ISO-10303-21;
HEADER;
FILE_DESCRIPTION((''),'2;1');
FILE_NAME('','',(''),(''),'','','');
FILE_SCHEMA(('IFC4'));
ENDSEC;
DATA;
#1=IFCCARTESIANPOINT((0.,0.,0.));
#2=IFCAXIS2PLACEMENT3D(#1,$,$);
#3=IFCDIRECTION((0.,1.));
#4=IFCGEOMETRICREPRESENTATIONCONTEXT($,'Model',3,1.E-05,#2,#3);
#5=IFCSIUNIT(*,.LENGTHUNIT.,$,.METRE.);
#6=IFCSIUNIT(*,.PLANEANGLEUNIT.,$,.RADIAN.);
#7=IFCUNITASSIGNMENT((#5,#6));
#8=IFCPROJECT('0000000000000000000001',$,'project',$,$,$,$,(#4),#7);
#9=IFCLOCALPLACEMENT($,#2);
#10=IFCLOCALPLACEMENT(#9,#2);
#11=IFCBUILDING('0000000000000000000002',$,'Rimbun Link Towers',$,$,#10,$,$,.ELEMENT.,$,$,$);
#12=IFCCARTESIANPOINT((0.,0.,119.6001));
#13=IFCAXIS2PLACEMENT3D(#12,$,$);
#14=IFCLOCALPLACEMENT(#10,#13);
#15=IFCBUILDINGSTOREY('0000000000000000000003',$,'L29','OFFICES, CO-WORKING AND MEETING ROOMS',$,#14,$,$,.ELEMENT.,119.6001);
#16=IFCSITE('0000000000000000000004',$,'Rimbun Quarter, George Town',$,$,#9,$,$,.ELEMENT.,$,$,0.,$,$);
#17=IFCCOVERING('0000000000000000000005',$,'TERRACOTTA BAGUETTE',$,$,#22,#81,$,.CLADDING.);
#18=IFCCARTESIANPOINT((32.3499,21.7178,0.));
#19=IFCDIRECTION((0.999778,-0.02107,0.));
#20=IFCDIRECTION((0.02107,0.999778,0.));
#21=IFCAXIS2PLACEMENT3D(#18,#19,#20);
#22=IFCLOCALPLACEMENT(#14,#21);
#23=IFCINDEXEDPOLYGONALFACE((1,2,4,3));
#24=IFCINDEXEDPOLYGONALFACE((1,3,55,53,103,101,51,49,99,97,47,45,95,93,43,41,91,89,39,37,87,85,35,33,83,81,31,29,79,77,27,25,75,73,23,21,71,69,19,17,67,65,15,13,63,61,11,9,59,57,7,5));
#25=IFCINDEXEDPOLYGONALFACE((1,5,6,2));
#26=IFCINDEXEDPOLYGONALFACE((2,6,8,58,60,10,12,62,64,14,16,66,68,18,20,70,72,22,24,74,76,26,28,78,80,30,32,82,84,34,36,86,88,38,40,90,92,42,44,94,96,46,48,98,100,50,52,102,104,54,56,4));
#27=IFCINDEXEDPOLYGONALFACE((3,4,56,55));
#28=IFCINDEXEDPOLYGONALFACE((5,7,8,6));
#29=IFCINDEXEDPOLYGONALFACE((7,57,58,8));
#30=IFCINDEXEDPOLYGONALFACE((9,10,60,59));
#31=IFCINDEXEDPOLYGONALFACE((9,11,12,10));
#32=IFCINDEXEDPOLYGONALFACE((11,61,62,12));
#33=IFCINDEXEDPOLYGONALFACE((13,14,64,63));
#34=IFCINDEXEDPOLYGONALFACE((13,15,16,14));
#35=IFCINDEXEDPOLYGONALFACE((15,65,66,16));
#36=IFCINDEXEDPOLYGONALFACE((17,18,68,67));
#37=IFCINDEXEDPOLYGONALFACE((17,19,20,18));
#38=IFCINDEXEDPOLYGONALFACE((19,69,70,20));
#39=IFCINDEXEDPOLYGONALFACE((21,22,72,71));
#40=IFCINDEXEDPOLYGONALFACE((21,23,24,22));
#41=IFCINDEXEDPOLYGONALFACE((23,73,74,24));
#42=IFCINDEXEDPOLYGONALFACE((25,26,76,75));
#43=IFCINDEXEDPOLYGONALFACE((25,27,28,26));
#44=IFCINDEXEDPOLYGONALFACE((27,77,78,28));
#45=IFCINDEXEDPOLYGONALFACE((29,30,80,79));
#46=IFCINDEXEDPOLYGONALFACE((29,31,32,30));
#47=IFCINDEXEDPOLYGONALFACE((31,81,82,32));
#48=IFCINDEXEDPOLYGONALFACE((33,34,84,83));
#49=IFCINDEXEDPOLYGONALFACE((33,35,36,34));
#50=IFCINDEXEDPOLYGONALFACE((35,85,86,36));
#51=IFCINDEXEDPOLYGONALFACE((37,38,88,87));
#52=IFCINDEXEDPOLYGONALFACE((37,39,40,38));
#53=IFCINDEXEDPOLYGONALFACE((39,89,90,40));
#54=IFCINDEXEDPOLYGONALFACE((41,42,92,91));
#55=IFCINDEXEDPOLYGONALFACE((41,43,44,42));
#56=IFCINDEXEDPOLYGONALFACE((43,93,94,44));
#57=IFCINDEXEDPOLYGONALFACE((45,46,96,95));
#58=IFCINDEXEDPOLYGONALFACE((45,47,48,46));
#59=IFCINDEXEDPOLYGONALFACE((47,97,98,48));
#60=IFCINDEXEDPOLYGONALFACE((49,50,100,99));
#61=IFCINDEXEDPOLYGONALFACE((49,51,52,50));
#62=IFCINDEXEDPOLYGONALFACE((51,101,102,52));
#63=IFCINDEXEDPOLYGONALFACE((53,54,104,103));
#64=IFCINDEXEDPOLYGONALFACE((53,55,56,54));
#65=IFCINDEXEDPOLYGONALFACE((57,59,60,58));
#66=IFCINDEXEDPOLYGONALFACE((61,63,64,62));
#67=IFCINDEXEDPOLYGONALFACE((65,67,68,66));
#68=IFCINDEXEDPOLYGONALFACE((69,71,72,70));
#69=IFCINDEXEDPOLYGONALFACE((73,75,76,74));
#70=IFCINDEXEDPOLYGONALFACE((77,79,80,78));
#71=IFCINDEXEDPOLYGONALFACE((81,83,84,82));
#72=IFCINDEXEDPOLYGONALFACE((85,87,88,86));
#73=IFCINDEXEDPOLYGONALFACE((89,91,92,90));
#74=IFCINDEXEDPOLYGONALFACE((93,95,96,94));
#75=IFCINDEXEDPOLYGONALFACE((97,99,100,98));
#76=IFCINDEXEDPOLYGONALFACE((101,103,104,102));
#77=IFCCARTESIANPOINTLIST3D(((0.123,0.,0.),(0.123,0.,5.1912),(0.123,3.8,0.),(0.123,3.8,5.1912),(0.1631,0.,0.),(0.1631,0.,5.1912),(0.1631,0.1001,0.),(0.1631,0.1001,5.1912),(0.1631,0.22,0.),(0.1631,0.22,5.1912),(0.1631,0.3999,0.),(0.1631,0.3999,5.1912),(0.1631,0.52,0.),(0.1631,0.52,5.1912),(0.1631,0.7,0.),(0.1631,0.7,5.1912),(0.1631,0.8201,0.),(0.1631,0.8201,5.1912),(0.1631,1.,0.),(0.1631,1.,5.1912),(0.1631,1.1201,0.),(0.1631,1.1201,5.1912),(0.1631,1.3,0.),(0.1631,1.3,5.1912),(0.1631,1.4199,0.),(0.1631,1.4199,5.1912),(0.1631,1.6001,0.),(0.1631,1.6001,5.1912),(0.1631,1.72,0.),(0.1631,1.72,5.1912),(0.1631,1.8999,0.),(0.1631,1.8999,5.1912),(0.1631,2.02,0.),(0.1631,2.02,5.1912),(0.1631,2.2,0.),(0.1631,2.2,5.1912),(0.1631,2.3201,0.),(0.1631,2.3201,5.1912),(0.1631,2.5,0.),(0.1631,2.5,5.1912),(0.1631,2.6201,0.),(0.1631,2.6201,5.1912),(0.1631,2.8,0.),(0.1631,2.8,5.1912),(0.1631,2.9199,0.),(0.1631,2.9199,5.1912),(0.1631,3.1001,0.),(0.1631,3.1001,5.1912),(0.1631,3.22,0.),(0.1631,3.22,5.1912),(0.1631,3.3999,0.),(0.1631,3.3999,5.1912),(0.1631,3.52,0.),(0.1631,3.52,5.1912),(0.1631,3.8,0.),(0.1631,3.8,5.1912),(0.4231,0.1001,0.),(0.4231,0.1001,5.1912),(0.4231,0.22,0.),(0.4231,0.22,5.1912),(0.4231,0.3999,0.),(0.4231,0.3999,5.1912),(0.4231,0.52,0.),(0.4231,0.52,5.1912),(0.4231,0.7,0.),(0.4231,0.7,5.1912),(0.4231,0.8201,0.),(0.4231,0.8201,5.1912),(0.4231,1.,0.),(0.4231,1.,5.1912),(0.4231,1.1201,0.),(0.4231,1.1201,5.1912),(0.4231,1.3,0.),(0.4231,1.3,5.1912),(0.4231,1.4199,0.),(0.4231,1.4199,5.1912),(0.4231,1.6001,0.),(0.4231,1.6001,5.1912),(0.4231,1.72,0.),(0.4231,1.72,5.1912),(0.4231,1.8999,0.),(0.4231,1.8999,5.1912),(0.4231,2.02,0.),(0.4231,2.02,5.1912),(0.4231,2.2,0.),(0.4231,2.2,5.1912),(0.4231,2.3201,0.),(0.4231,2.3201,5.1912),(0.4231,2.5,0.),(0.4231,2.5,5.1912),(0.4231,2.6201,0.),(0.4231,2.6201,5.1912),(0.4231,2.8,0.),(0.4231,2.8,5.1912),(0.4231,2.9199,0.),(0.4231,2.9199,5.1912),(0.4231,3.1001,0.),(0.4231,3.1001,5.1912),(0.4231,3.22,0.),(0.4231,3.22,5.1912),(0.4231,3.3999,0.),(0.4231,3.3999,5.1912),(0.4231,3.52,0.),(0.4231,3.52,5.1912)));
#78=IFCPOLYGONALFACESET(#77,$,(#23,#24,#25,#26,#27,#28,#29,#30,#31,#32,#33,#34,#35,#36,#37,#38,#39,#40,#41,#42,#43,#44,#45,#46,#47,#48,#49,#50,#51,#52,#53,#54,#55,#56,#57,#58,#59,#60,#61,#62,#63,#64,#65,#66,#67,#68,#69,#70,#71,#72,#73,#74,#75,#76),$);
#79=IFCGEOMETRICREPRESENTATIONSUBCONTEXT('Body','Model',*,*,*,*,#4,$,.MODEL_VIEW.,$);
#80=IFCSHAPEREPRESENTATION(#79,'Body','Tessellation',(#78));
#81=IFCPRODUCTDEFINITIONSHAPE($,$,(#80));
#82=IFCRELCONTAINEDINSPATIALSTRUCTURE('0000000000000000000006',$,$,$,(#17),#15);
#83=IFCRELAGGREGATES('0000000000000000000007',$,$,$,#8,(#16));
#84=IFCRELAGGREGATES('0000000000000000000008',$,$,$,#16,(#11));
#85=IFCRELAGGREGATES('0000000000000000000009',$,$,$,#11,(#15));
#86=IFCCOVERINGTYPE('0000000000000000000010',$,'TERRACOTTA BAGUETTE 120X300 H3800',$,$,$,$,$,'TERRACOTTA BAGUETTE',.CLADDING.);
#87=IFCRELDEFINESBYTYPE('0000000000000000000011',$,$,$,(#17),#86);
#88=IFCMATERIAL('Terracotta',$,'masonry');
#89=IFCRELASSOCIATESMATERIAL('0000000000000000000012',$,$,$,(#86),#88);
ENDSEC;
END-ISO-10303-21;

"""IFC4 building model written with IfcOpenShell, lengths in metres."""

from ifc_helpers import new_model, si_unit, direction, frame, origin, place, context, subcontext, project, spatial, polyline, outline, extrude, material, material_profile, profile_set, type_object, element, save


model = new_model("IFC4")

# Units and contexts
model_context = context("Model", 3, precision=1e-05, world=origin(), true_north=direction((0.0, 1.0)))
body_context = subcontext(model_context, "Body", "Model", "MODEL_VIEW")
ifc_project = project(units=[si_unit("LENGTHUNIT", "METRE"), si_unit("PLANEANGLEUNIT", "RADIAN")], contexts=[model_context])

# Site, building, storey
site_placement = place(None, origin())
site = spatial("IfcSite", under=ifc_project, at=site_placement, Name="Rimbun Quarter, George Town", CompositionType="ELEMENT", RefElevation=0.0)
building_placement = place(site_placement, origin())
building = spatial("IfcBuilding", under=site, at=building_placement, Name="Rimbun Link Towers", CompositionType="ELEMENT")
storey_placement = place(building_placement, frame((0.0, 0.0, 119.6001)))
storey = spatial("IfcBuildingStorey", under=building, at=storey_placement, Name="L29", Description="OFFICES, CO-WORKING AND MEETING ROOMS", CompositionType="ELEMENT", Elevation=119.6001)

# Covering
ifc_material_1 = material(Name="Terracotta", Category="masonry")
ifc_material_profile_1 = material_profile(ifc_material_1, outline(polyline([(0.123, 0.0), (0.1631, 0.0), (0.1631, 0.1001), (0.4231, 0.1001), (0.4231, 0.22), (0.1631, 0.22), (0.1631, 0.3999), (0.4231, 0.3999), (0.4231, 0.52), (0.1631, 0.52), (0.1631, 0.7), (0.4231, 0.7), (0.4231, 0.8201), (0.1631, 0.8201), (0.1631, 1.0), (0.4231, 1.0), (0.4231, 1.1201), (0.1631, 1.1201), (0.1631, 1.3), (0.4231, 1.3), (0.4231, 1.4199), (0.1631, 1.4199), (0.1631, 1.6001), (0.4231, 1.6001), (0.4231, 1.72), (0.1631, 1.72), (0.1631, 1.8999), (0.4231, 1.8999), (0.4231, 2.02), (0.1631, 2.02), (0.1631, 2.2), (0.4231, 2.2), (0.4231, 2.3201), (0.1631, 2.3201), (0.1631, 2.5), (0.4231, 2.5), (0.4231, 2.6201), (0.1631, 2.6201), (0.1631, 2.8), (0.4231, 2.8), (0.4231, 2.9199), (0.1631, 2.9199), (0.1631, 3.1001), (0.4231, 3.1001), (0.4231, 3.22), (0.1631, 3.22), (0.1631, 3.3999), (0.4231, 3.3999), (0.4231, 3.52), (0.1631, 3.52), (0.1631, 3.8), (0.123, 3.8), (0.123, 0.0)])), Name="BAGUETTE 120X300")
ifc_profile_set_1 = profile_set([ifc_material_profile_1], Name="Terracotta")
covering_type = type_object("IfcCoveringType", Name="TERRACOTTA BAGUETTE 120X300 H3800", ElementType="TERRACOTTA BAGUETTE", PredefinedType="CLADDING", material=ifc_profile_set_1)
covering_1_placement = place(storey_placement, frame((32.3499, 21.7178, 0.0), z_axis=(0.999778, -0.02107, 0.0), x_axis=(0.02107, 0.999778, 0.0)))
element("IfcCovering", 1, at=covering_1_placement, inside=storey, type_object=covering_type, Name="TERRACOTTA BAGUETTE", PredefinedType="CLADDING", context=body_context, shape_type="SweptSolid", body=[
    extrude(outline(polyline([(0.123, 0.0), (0.1631, 0.0), (0.1631, 0.1001), (0.4231, 0.1001), (0.4231, 0.22), (0.1631, 0.22), (0.1631, 0.3999), (0.4231, 0.3999), (0.4231, 0.52), (0.1631, 0.52), (0.1631, 0.7), (0.4231, 0.7), (0.4231, 0.8201), (0.1631, 0.8201), (0.1631, 1.0), (0.4231, 1.0), (0.4231, 1.1201), (0.1631, 1.1201), (0.1631, 1.3), (0.4231, 1.3), (0.4231, 1.4199), (0.1631, 1.4199), (0.1631, 1.6001), (0.4231, 1.6001), (0.4231, 1.72), (0.1631, 1.72), (0.1631, 1.8999), (0.4231, 1.8999), (0.4231, 2.02), (0.1631, 2.02), (0.1631, 2.2), (0.4231, 2.2), (0.4231, 2.3201), (0.1631, 2.3201), (0.1631, 2.5), (0.4231, 2.5), (0.4231, 2.6201), (0.1631, 2.6201), (0.1631, 2.8), (0.4231, 2.8), (0.4231, 2.9199), (0.1631, 2.9199), (0.1631, 3.1001), (0.4231, 3.1001), (0.4231, 3.22), (0.1631, 3.22), (0.1631, 3.3999), (0.4231, 3.3999), (0.4231, 3.52), (0.1631, 3.52), (0.1631, 3.8), (0.123, 3.8), (0.123, 0.0)])), origin(), (0.0, 0.0, 1.0), 5.1912),
])

save(model, "model.ifc")
